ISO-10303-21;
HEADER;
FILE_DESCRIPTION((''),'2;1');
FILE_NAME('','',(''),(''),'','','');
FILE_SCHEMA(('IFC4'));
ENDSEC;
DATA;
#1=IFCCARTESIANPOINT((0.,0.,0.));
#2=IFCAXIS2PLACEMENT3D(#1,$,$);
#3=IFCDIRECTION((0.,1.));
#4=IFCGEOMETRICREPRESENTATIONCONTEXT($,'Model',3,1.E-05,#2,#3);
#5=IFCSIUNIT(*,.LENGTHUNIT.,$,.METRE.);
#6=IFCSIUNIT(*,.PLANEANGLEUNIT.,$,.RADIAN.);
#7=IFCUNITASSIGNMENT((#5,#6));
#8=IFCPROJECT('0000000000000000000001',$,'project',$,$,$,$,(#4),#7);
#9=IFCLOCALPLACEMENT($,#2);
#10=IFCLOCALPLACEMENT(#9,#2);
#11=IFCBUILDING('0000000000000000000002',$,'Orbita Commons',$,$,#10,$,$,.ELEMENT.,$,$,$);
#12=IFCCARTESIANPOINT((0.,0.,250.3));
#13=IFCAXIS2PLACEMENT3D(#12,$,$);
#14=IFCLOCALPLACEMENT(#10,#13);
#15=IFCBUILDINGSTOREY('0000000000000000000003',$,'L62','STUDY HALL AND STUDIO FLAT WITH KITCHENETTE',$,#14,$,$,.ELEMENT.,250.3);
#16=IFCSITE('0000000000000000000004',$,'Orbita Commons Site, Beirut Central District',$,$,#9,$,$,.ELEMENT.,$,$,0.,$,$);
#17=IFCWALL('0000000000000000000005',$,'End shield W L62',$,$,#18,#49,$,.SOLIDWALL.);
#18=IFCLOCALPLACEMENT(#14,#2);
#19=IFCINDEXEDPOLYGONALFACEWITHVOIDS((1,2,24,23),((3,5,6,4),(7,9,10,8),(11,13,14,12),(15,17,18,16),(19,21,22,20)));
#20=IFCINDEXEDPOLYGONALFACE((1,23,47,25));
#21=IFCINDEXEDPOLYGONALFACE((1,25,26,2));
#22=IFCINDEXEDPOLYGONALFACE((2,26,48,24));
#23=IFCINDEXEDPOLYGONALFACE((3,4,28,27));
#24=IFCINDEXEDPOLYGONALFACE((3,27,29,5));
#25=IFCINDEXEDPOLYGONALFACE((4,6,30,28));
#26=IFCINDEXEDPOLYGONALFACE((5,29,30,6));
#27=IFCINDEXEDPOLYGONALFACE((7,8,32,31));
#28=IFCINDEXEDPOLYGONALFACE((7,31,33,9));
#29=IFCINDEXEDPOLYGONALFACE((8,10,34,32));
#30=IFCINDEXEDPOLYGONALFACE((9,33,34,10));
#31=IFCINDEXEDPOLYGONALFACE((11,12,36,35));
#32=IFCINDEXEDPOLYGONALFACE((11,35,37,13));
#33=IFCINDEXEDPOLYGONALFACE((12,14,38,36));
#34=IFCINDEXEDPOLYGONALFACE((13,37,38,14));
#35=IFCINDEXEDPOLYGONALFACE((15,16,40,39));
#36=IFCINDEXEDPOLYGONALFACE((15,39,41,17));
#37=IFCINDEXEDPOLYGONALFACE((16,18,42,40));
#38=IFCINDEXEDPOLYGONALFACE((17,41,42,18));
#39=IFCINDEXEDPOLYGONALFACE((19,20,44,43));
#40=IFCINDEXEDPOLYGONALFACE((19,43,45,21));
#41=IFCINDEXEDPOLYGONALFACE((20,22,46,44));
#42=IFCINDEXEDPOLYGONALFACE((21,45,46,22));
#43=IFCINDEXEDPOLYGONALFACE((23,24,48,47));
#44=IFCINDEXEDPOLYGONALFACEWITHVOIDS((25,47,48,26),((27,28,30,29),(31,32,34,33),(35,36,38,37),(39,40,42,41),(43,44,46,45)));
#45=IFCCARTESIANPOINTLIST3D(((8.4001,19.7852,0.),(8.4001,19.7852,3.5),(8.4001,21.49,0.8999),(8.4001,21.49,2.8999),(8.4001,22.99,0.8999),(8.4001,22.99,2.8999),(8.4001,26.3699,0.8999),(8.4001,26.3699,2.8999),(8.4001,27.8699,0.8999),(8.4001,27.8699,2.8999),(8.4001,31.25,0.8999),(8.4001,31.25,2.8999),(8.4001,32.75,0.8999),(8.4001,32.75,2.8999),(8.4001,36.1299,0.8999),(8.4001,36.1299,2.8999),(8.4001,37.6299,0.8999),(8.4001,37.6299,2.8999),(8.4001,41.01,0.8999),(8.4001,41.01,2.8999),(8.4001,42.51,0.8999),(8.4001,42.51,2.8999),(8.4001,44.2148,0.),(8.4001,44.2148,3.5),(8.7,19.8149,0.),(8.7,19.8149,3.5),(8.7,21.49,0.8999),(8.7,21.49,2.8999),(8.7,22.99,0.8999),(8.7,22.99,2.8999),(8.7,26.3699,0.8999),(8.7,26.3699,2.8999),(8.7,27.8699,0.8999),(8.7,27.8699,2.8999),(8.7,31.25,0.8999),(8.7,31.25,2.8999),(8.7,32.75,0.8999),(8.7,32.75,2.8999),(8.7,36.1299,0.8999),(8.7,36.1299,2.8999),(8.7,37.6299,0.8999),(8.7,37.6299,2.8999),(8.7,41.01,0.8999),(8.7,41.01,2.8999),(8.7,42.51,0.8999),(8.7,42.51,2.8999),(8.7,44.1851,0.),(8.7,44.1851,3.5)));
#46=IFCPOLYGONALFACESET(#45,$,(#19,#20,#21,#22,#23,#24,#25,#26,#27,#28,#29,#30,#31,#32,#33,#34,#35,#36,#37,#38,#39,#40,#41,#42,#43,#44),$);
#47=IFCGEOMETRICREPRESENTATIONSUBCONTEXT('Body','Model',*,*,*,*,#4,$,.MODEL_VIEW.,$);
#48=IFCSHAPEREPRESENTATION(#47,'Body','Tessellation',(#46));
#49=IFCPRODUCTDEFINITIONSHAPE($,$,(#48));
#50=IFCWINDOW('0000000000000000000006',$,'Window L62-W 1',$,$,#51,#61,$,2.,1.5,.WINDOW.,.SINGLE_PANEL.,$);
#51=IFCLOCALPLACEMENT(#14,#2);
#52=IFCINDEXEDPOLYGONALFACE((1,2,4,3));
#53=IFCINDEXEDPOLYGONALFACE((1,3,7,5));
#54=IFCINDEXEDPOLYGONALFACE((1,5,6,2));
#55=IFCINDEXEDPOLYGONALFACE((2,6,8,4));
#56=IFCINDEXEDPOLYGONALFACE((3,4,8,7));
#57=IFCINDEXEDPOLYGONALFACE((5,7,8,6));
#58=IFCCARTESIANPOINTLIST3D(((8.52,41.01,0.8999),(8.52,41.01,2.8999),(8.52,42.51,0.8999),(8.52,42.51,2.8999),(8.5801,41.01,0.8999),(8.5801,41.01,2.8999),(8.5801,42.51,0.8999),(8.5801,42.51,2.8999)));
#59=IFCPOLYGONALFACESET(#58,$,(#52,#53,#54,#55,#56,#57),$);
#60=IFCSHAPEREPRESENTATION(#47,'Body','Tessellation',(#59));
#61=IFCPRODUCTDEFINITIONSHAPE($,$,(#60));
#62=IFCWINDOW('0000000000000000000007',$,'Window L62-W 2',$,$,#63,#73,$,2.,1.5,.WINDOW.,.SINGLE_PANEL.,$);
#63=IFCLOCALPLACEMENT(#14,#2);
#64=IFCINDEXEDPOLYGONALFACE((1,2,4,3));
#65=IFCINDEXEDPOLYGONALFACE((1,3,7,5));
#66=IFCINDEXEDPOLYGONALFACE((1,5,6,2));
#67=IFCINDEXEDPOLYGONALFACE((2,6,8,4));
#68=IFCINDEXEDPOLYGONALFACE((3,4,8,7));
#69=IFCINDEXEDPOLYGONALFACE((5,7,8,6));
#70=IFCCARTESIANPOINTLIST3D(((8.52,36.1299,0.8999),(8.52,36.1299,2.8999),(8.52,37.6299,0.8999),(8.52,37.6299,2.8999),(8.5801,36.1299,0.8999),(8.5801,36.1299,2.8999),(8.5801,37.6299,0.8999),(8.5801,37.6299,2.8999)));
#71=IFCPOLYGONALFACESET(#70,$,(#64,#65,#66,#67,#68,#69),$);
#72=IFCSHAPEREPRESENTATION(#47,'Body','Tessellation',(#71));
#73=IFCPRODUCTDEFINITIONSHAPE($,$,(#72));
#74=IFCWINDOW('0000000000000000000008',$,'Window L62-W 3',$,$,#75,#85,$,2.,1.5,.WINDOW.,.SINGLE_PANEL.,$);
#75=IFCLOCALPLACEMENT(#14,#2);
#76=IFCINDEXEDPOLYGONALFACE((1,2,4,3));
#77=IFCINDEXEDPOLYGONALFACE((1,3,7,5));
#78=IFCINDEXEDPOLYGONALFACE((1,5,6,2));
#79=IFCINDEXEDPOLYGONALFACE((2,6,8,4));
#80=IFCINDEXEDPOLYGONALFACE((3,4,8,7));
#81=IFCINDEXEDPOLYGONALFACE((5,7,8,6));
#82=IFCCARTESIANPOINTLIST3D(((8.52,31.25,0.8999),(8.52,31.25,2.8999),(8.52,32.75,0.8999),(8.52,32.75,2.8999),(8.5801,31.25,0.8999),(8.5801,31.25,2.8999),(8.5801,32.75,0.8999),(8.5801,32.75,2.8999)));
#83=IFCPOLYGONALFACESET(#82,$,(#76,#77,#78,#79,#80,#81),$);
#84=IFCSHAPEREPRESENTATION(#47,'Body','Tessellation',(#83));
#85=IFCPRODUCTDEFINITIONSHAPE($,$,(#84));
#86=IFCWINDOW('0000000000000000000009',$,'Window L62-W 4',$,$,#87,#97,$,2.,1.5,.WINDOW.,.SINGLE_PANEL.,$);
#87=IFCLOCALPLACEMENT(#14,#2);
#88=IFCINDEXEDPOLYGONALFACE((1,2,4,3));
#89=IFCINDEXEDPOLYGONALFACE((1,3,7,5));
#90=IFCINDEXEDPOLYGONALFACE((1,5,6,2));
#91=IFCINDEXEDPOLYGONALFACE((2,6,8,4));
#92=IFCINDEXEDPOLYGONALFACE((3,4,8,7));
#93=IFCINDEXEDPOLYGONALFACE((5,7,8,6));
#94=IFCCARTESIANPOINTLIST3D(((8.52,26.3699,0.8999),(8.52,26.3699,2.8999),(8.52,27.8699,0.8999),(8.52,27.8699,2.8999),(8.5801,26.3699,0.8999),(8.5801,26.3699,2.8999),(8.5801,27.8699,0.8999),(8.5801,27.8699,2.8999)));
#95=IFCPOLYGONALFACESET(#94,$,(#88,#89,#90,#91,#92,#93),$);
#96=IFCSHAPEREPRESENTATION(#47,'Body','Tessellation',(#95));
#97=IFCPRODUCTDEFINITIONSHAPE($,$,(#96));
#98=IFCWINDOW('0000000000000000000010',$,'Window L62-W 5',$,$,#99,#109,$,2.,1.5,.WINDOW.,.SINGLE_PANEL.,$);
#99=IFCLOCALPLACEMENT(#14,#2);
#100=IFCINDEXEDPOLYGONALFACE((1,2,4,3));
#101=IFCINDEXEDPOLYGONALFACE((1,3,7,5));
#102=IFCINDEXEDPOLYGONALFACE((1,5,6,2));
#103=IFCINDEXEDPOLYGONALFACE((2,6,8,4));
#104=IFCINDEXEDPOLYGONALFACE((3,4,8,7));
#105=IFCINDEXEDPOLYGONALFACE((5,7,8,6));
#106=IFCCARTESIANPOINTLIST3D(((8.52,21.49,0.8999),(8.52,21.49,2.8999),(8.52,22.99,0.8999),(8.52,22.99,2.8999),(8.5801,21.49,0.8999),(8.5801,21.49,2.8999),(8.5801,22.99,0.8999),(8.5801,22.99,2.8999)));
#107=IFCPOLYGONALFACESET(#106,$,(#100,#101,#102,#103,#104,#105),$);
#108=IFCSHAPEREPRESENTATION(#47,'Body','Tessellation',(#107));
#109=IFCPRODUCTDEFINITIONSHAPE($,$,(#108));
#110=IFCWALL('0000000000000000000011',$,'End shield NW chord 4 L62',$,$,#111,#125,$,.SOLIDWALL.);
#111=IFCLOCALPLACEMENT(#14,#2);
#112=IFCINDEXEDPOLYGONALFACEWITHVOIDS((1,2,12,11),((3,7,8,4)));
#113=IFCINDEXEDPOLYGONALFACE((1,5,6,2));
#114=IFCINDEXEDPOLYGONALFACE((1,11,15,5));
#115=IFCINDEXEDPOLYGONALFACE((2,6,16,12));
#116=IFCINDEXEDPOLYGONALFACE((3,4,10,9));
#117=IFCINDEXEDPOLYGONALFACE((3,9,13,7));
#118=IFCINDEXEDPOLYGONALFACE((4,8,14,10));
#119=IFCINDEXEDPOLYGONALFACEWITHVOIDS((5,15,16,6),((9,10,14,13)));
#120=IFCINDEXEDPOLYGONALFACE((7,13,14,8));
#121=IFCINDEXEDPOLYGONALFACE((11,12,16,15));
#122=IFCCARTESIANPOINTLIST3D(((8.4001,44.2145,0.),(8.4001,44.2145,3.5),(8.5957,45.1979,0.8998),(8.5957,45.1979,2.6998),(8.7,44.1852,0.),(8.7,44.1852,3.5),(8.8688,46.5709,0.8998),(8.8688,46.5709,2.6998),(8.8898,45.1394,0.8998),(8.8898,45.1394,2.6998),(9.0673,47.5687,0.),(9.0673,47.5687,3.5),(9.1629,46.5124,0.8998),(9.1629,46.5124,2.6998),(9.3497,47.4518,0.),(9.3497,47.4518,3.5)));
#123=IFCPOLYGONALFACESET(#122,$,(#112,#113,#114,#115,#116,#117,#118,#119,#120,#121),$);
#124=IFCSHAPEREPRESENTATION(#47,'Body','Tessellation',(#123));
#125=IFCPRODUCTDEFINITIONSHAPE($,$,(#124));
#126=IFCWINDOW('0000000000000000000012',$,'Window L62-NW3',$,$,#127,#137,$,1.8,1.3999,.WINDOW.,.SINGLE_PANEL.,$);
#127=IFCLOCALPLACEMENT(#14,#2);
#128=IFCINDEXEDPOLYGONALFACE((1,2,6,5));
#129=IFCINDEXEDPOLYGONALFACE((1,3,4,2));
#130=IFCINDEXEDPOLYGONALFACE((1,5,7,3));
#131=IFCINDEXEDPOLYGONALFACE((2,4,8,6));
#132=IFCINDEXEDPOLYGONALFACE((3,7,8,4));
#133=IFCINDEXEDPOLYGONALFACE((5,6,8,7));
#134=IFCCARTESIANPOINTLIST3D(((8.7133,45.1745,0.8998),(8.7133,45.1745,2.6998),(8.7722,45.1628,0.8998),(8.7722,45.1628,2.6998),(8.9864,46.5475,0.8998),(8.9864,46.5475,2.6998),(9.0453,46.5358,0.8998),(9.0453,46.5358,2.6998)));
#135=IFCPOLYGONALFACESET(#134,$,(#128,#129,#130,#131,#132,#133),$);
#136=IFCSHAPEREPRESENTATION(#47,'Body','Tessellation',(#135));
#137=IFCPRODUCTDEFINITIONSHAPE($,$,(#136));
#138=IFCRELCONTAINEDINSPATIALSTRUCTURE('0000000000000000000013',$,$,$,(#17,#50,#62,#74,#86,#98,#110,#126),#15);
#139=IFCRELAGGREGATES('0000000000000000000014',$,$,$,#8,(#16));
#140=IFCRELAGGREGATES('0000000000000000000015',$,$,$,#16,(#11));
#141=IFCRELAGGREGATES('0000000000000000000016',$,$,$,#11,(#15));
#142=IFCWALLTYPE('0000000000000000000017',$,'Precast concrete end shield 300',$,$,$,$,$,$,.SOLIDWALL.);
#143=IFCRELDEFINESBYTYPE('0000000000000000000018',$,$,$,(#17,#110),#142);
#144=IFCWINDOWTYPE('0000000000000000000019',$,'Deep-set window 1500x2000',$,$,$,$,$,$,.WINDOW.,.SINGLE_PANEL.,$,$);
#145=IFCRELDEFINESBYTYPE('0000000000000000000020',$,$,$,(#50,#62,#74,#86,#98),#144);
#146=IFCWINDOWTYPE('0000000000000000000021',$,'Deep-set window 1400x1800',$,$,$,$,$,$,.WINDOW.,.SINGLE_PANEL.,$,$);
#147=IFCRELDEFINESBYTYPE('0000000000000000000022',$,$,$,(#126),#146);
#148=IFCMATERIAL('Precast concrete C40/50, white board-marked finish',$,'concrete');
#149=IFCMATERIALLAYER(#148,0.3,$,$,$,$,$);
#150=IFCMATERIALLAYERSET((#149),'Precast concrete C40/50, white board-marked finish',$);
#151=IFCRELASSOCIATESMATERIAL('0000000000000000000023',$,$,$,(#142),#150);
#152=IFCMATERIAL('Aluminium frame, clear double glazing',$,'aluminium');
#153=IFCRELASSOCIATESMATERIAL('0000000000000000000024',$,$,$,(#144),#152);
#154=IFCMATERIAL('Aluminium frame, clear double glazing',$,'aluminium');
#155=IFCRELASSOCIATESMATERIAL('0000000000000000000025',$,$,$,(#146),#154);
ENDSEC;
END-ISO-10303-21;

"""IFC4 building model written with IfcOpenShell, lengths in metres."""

from ifc_helpers import new_model, si_unit, direction, frame, frame_2d, origin, place, context, subcontext, project, spatial, polyline, rectangle, outline, extrude, material, layer, layer_set, type_object, element, fill, save


model = new_model("IFC4")

# Units and contexts
model_context = context("Model", 3, precision=1e-05, world=origin(), true_north=direction((0.0, 1.0)))
body_context = subcontext(model_context, "Body", "Model", "MODEL_VIEW")
ifc_project = project(units=[si_unit("LENGTHUNIT", "METRE"), si_unit("PLANEANGLEUNIT", "RADIAN")], contexts=[model_context])

# Site, building, storey
site_placement = place(None, origin())
site = spatial("IfcSite", under=ifc_project, at=site_placement, Name="Orbita Commons Site, Beirut Central District", CompositionType="ELEMENT", RefElevation=0.0)
building_placement = place(site_placement, origin())
building = spatial("IfcBuilding", under=site, at=building_placement, Name="Orbita Commons", CompositionType="ELEMENT")
storey_placement = place(building_placement, frame((0.0, 0.0, 250.3)))
storey = spatial("IfcBuildingStorey", under=building, at=storey_placement, Name="L62", Description="STUDY HALL AND STUDIO FLAT WITH KITCHENETTE", CompositionType="ELEMENT", Elevation=250.3)

# Wall, openings, windows
ifc_material_1 = material(Name="Precast concrete C40/50, white board-marked finish", Category="concrete")
ifc_layer_1 = layer(ifc_material_1, 0.3)
ifc_layer_set_1 = layer_set([ifc_layer_1], Name="Precast concrete C40/50, white board-marked finish")
wall_type_1 = type_object("IfcWallType", Name="Precast concrete end shield 300", PredefinedType="SOLIDWALL", material=ifc_layer_set_1)
wall_1_placement = place(storey_placement, frame((8.55, 44.2, 0.0), z_axis=(0.0, 0.0, 1.0), x_axis=(0.0, -1.0, 0.0)))
wall_1 = element("IfcWall", 1, at=wall_1_placement, inside=storey, type_object=wall_type_1, Name="End shield W L62", PredefinedType="SOLIDWALL", context=body_context, shape_type="SweptSolid", body=[
    extrude(outline(polyline([(-0.0149, -0.1499), (24.4148, -0.1499), (24.385, 0.1499), (0.0149, 0.1499), (-0.0149, -0.1499)])), origin(), (0.0, 0.0, 1.0), 3.5),
])
opening_1_placement = place(wall_1_placement, frame((1.6899, 0.0, 0.8999)))
opening_1 = element("IfcOpeningElement", 2, at=opening_1_placement, cuts=wall_1, PredefinedType="OPENING", context=body_context, shape_type="SweptSolid", body=[
    extrude(rectangle(XDim=1.5, YDim=2.0, at=frame_2d((0.75, 1.0))), frame((0.0, 0.1599, 0.0), z_axis=(0.0, -1.0, 0.0), x_axis=(1.0, 0.0, 0.0)), (0.0, 0.0, 1.0), 0.3201),
])
opening_2_placement = place(wall_1_placement, frame((6.5701, 0.0, 0.8999)))
opening_2 = element("IfcOpeningElement", 3, at=opening_2_placement, cuts=wall_1, PredefinedType="OPENING", context=body_context, shape_type="SweptSolid", body=[
    extrude(rectangle(XDim=1.5, YDim=2.0, at=frame_2d((0.75, 1.0))), frame((0.0, 0.1599, 0.0), z_axis=(0.0, -1.0, 0.0), x_axis=(1.0, 0.0, 0.0)), (0.0, 0.0, 1.0), 0.3201),
])
opening_3_placement = place(wall_1_placement, frame((11.45, 0.0, 0.8999)))
opening_3 = element("IfcOpeningElement", 4, at=opening_3_placement, cuts=wall_1, PredefinedType="OPENING", context=body_context, shape_type="SweptSolid", body=[
    extrude(rectangle(XDim=1.5, YDim=2.0, at=frame_2d((0.75, 1.0))), frame((0.0, 0.1599, 0.0), z_axis=(0.0, -1.0, 0.0), x_axis=(1.0, 0.0, 0.0)), (0.0, 0.0, 1.0), 0.3201),
])
opening_4_placement = place(wall_1_placement, frame((16.3301, 0.0, 0.8999)))
opening_4 = element("IfcOpeningElement", 5, at=opening_4_placement, cuts=wall_1, PredefinedType="OPENING", context=body_context, shape_type="SweptSolid", body=[
    extrude(rectangle(XDim=1.5, YDim=2.0, at=frame_2d((0.75, 1.0))), frame((0.0, 0.1599, 0.0), z_axis=(0.0, -1.0, 0.0), x_axis=(1.0, 0.0, 0.0)), (0.0, 0.0, 1.0), 0.3201),
])
opening_5_placement = place(wall_1_placement, frame((21.21, 0.0, 0.8999)))
opening_5 = element("IfcOpeningElement", 6, at=opening_5_placement, cuts=wall_1, PredefinedType="OPENING", context=body_context, shape_type="SweptSolid", body=[
    extrude(rectangle(XDim=1.5, YDim=2.0, at=frame_2d((0.75, 1.0))), frame((0.0, 0.1599, 0.0), z_axis=(0.0, -1.0, 0.0), x_axis=(1.0, 0.0, 0.0)), (0.0, 0.0, 1.0), 0.3201),
])
ifc_material_2 = material(Name="Aluminium frame, clear double glazing", Category="aluminium")
window_type_1 = type_object("IfcWindowType", Name="Deep-set window 1500x2000", PartitioningType="SINGLE_PANEL", PredefinedType="WINDOW", material=ifc_material_2)
window_1_placement = place(opening_1_placement, origin())
window_1 = element("IfcWindow", 7, at=window_1_placement, inside=storey, type_object=window_type_1, Name="Window L62-W 1", OverallHeight=2.0, OverallWidth=1.5, PartitioningType="SINGLE_PANEL", PredefinedType="WINDOW", context=body_context, shape_type="SweptSolid", body=[
    extrude(rectangle(XDim=1.5, YDim=2.0, at=frame_2d((0.75, 1.0))), frame((0.0, 0.03, 0.0), z_axis=(0.0, -1.0, 0.0), x_axis=(1.0, 0.0, 0.0)), (0.0, 0.0, 1.0), 0.0601),
])
fill(opening_1, window_1)
window_2_placement = place(opening_2_placement, origin())
window_2 = element("IfcWindow", 8, at=window_2_placement, inside=storey, type_object=window_type_1, Name="Window L62-W 2", OverallHeight=2.0, OverallWidth=1.5, PartitioningType="SINGLE_PANEL", PredefinedType="WINDOW", context=body_context, shape_type="SweptSolid", body=[
    extrude(rectangle(XDim=1.5, YDim=2.0, at=frame_2d((0.75, 1.0))), frame((0.0, 0.03, 0.0), z_axis=(0.0, -1.0, 0.0), x_axis=(1.0, 0.0, 0.0)), (0.0, 0.0, 1.0), 0.0601),
])
fill(opening_2, window_2)
window_3_placement = place(opening_3_placement, origin())
window_3 = element("IfcWindow", 9, at=window_3_placement, inside=storey, type_object=window_type_1, Name="Window L62-W 3", OverallHeight=2.0, OverallWidth=1.5, PartitioningType="SINGLE_PANEL", PredefinedType="WINDOW", context=body_context, shape_type="SweptSolid", body=[
    extrude(rectangle(XDim=1.5, YDim=2.0, at=frame_2d((0.75, 1.0))), frame((0.0, 0.03, 0.0), z_axis=(0.0, -1.0, 0.0), x_axis=(1.0, 0.0, 0.0)), (0.0, 0.0, 1.0), 0.0601),
])
fill(opening_3, window_3)
window_4_placement = place(opening_4_placement, origin())
window_4 = element("IfcWindow", 10, at=window_4_placement, inside=storey, type_object=window_type_1, Name="Window L62-W 4", OverallHeight=2.0, OverallWidth=1.5, PartitioningType="SINGLE_PANEL", PredefinedType="WINDOW", context=body_context, shape_type="SweptSolid", body=[
    extrude(rectangle(XDim=1.5, YDim=2.0, at=frame_2d((0.75, 1.0))), frame((0.0, 0.03, 0.0), z_axis=(0.0, -1.0, 0.0), x_axis=(1.0, 0.0, 0.0)), (0.0, 0.0, 1.0), 0.0601),
])
fill(opening_4, window_4)
window_5_placement = place(opening_5_placement, origin())
window_5 = element("IfcWindow", 11, at=window_5_placement, inside=storey, type_object=window_type_1, Name="Window L62-W 5", OverallHeight=2.0, OverallWidth=1.5, PartitioningType="SINGLE_PANEL", PredefinedType="WINDOW", context=body_context, shape_type="SweptSolid", body=[
    extrude(rectangle(XDim=1.5, YDim=2.0, at=frame_2d((0.75, 1.0))), frame((0.0, 0.03, 0.0), z_axis=(0.0, -1.0, 0.0), x_axis=(1.0, 0.0, 0.0)), (0.0, 0.0, 1.0), 0.0601),
])
fill(opening_5, window_5)

# Wall, opening, window
wall_2_placement = place(storey_placement, frame((9.2085, 47.5103, 0.0), z_axis=(0.0, 0.0, 1.0), x_axis=(-0.195087, -0.980786, 0.0)))
wall_2 = element("IfcWall", 12, at=wall_2_placement, inside=storey, type_object=wall_type_1, Name="End shield NW chord 4 L62", PredefinedType="SOLIDWALL", context=body_context, shape_type="SweptSolid", body=[
    extrude(outline(polyline([(-0.0298, -0.1499), (3.3901, -0.1499), (3.3604, 0.1499), (0.0298, 0.1499), (-0.0298, -0.1499)])), origin(), (0.0, 0.0, 1.0), 3.5),
])
opening_6_placement = place(wall_2_placement, frame((0.9875, 0.0, 0.8999)))
opening_6 = element("IfcOpeningElement", 13, at=opening_6_placement, cuts=wall_2, PredefinedType="OPENING", context=body_context, shape_type="SweptSolid", body=[
    extrude(rectangle(XDim=1.3999, YDim=1.8, at=frame_2d((0.7, 0.8999))), frame((0.0, 0.1599, 0.0), z_axis=(0.0, -1.0, 0.0), x_axis=(1.0, 0.0, 0.0)), (0.0, 0.0, 1.0), 0.3201),
])
ifc_material_3 = material(Name="Aluminium frame, clear double glazing", Category="aluminium")
window_type_2 = type_object("IfcWindowType", Name="Deep-set window 1400x1800", PartitioningType="SINGLE_PANEL", PredefinedType="WINDOW", material=ifc_material_3)
window_6_placement = place(opening_6_placement, origin())
window_6 = element("IfcWindow", 14, at=window_6_placement, inside=storey, type_object=window_type_2, Name="Window L62-NW3", OverallHeight=1.8, OverallWidth=1.3999, PartitioningType="SINGLE_PANEL", PredefinedType="WINDOW", context=body_context, shape_type="SweptSolid", body=[
    extrude(rectangle(XDim=1.3999, YDim=1.8, at=frame_2d((0.7, 0.8999))), frame((0.0, 0.03, 0.0), z_axis=(0.0, -1.0, 0.0), x_axis=(1.0, 0.0, 0.0)), (0.0, 0.0, 1.0), 0.0601),
])
fill(opening_6, window_6)

save(model, "model.ifc")
